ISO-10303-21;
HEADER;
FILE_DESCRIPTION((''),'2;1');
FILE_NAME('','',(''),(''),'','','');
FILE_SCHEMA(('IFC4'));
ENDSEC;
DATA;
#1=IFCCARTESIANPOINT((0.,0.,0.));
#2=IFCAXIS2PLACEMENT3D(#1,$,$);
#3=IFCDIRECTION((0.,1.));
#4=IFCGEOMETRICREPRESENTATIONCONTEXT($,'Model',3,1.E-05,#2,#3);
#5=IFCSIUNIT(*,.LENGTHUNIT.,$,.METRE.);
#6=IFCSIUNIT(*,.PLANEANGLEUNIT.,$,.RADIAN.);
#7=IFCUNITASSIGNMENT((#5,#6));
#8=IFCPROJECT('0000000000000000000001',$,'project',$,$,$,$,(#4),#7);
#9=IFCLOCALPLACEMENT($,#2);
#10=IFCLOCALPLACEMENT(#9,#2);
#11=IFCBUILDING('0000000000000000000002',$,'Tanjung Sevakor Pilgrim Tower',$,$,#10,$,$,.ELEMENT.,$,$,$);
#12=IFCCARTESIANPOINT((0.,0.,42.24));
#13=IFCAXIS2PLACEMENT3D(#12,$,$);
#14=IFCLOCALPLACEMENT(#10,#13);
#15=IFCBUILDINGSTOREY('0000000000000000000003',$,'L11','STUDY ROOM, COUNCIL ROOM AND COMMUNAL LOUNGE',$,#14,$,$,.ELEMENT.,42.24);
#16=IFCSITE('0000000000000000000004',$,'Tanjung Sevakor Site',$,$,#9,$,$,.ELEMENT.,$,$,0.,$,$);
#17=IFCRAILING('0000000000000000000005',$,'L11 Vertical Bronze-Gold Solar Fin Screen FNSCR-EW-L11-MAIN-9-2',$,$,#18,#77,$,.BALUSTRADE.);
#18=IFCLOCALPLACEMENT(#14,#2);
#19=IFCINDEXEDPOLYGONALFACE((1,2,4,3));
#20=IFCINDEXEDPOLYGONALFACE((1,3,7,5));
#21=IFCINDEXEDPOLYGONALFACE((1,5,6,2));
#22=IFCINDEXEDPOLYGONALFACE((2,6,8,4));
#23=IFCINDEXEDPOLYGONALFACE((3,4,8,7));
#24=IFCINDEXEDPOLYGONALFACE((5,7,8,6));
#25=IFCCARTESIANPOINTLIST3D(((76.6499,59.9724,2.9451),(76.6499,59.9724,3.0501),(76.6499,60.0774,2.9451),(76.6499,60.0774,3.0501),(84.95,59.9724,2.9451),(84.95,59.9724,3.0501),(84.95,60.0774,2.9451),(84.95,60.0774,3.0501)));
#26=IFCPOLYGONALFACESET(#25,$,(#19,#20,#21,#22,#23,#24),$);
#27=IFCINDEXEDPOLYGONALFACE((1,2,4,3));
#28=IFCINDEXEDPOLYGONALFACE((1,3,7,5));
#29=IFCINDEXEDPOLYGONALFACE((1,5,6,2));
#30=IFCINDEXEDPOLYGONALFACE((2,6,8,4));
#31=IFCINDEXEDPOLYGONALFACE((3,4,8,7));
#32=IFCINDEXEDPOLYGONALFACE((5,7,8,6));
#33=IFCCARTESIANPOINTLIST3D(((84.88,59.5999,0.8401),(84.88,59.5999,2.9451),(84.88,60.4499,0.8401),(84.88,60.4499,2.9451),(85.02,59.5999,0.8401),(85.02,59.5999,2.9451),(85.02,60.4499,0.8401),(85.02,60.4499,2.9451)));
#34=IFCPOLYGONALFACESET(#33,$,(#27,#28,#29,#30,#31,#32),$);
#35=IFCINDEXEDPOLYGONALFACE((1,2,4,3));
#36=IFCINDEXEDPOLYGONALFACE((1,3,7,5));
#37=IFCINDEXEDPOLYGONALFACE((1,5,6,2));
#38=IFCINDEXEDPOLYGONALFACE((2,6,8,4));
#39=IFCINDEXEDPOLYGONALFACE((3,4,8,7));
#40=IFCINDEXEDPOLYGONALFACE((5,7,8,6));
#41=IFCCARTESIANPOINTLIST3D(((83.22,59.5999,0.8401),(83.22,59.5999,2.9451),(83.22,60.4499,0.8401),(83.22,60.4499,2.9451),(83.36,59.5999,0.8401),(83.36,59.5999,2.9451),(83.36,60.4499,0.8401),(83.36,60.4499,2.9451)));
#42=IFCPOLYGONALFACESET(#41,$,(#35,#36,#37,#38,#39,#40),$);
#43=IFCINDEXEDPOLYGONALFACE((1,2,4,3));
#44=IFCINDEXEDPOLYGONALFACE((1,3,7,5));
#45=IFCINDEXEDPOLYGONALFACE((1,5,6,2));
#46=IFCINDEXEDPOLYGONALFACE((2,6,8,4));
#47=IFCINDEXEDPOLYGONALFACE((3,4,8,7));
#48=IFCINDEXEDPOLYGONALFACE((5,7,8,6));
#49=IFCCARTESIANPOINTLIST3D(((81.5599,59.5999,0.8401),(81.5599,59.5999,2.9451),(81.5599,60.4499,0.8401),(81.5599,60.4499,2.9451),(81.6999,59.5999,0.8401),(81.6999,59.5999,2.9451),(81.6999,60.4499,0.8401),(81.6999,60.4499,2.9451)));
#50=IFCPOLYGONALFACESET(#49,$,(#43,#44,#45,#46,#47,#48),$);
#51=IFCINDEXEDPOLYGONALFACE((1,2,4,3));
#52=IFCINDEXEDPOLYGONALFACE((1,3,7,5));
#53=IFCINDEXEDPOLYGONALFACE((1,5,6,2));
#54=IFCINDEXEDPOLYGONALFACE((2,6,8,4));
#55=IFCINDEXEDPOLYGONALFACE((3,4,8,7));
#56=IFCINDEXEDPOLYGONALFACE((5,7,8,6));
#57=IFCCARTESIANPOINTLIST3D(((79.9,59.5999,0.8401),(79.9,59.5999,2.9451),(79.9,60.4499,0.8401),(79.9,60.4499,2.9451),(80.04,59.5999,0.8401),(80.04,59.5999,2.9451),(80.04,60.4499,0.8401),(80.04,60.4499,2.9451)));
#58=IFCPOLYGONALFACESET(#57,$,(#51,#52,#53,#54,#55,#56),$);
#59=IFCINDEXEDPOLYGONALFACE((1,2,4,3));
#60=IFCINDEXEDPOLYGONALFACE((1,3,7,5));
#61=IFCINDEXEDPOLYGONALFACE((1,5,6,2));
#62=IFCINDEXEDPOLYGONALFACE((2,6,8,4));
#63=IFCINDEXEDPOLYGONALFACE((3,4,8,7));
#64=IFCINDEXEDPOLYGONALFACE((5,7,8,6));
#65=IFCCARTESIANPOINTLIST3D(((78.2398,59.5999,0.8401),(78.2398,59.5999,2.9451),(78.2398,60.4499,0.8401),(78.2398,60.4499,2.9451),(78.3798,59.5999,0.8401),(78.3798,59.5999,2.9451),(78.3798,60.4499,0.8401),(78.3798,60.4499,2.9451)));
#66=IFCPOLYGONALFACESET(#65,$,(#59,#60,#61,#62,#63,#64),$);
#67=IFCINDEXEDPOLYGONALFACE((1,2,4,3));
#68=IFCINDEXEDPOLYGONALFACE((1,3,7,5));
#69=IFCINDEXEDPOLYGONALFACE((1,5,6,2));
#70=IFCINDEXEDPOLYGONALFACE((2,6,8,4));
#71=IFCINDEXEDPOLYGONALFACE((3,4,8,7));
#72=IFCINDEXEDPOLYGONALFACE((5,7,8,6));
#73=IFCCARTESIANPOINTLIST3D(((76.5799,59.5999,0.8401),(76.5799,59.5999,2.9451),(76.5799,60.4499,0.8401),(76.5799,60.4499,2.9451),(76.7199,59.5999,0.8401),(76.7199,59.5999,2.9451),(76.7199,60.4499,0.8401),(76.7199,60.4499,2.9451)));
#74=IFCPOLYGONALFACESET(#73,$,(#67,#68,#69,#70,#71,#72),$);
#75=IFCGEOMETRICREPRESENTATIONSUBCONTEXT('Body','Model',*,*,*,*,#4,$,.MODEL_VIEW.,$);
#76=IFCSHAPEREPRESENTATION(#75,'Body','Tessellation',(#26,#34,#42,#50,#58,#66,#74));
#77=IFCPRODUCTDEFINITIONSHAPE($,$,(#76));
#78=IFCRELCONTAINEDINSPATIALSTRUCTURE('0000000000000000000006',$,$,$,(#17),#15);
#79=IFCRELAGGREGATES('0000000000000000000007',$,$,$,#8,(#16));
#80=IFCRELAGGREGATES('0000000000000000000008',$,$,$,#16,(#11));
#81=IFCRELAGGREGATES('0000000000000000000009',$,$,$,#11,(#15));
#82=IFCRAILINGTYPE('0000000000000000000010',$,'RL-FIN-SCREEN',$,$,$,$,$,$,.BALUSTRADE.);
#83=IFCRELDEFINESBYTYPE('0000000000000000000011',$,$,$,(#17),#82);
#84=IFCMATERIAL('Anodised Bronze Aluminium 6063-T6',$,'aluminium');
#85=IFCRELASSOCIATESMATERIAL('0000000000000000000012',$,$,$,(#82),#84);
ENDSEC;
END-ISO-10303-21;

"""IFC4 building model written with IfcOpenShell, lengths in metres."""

from ifc_helpers import new_model, si_unit, direction, frame, origin, place, context, subcontext, project, spatial, rectangle, extrude, material, type_object, element, save


model = new_model("IFC4")

# Units and contexts
model_context = context("Model", 3, precision=1e-05, world=origin(), true_north=direction((0.0, 1.0)))
body_context = subcontext(model_context, "Body", "Model", "MODEL_VIEW")
ifc_project = project(units=[si_unit("LENGTHUNIT", "METRE"), si_unit("PLANEANGLEUNIT", "RADIAN")], contexts=[model_context])

# Site, building, storey
site_placement = place(None, origin())
site = spatial("IfcSite", under=ifc_project, at=site_placement, Name="Tanjung Sevakor Site", CompositionType="ELEMENT", RefElevation=0.0)
building_placement = place(site_placement, origin())
building = spatial("IfcBuilding", under=site, at=building_placement, Name="Tanjung Sevakor Pilgrim Tower", CompositionType="ELEMENT")
storey_placement = place(building_placement, frame((0.0, 0.0, 42.24)))
storey = spatial("IfcBuildingStorey", under=building, at=storey_placement, Name="L11", Description="STUDY ROOM, COUNCIL ROOM AND COMMUNAL LOUNGE", CompositionType="ELEMENT", Elevation=42.24)

# Railing
ifc_material_1 = material(Name="Anodised Bronze Aluminium 6063-T6", Category="aluminium")
railing_type_1 = type_object("IfcRailingType", Name="RL-FIN-SCREEN", PredefinedType="BALUSTRADE", material=ifc_material_1)
railing_1_placement = place(storey_placement, frame((84.95, 60.0249, 0.8401)))
element("IfcRailing", 1, at=railing_1_placement, inside=storey, type_object=railing_type_1, Name="L11 Vertical Bronze-Gold Solar Fin Screen FNSCR-EW-L11-MAIN-9-2", PredefinedType="BALUSTRADE", context=body_context, shape_type="SweptSolid", body=[
    extrude(rectangle(XDim=0.105, YDim=0.105), frame((0.0, 0.0, 2.1575), z_axis=(-1.0, 0.0, 0.0), x_axis=(0.0, -1.0, 0.0)), (0.0, 0.0, 1.0), 8.3),
    extrude(rectangle(XDim=0.14, YDim=0.85), origin(), (0.0, 0.0, 1.0), 2.105),
    extrude(rectangle(XDim=0.14, YDim=0.85), frame((-1.6599, 0.0, 0.0)), (0.0, 0.0, 1.0), 2.105),
    extrude(rectangle(XDim=0.14, YDim=0.85), frame((-3.3201, 0.0, 0.0)), (0.0, 0.0, 1.0), 2.105),
    extrude(rectangle(XDim=0.14, YDim=0.85), frame((-4.98, 0.0, 0.0)), (0.0, 0.0, 1.0), 2.105),
    extrude(rectangle(XDim=0.14, YDim=0.85), frame((-6.6401, 0.0, 0.0)), (0.0, 0.0, 1.0), 2.105),
    extrude(rectangle(XDim=0.14, YDim=0.85), frame((-8.3, 0.0, 0.0)), (0.0, 0.0, 1.0), 2.105),
])

save(model, "model.ifc")
